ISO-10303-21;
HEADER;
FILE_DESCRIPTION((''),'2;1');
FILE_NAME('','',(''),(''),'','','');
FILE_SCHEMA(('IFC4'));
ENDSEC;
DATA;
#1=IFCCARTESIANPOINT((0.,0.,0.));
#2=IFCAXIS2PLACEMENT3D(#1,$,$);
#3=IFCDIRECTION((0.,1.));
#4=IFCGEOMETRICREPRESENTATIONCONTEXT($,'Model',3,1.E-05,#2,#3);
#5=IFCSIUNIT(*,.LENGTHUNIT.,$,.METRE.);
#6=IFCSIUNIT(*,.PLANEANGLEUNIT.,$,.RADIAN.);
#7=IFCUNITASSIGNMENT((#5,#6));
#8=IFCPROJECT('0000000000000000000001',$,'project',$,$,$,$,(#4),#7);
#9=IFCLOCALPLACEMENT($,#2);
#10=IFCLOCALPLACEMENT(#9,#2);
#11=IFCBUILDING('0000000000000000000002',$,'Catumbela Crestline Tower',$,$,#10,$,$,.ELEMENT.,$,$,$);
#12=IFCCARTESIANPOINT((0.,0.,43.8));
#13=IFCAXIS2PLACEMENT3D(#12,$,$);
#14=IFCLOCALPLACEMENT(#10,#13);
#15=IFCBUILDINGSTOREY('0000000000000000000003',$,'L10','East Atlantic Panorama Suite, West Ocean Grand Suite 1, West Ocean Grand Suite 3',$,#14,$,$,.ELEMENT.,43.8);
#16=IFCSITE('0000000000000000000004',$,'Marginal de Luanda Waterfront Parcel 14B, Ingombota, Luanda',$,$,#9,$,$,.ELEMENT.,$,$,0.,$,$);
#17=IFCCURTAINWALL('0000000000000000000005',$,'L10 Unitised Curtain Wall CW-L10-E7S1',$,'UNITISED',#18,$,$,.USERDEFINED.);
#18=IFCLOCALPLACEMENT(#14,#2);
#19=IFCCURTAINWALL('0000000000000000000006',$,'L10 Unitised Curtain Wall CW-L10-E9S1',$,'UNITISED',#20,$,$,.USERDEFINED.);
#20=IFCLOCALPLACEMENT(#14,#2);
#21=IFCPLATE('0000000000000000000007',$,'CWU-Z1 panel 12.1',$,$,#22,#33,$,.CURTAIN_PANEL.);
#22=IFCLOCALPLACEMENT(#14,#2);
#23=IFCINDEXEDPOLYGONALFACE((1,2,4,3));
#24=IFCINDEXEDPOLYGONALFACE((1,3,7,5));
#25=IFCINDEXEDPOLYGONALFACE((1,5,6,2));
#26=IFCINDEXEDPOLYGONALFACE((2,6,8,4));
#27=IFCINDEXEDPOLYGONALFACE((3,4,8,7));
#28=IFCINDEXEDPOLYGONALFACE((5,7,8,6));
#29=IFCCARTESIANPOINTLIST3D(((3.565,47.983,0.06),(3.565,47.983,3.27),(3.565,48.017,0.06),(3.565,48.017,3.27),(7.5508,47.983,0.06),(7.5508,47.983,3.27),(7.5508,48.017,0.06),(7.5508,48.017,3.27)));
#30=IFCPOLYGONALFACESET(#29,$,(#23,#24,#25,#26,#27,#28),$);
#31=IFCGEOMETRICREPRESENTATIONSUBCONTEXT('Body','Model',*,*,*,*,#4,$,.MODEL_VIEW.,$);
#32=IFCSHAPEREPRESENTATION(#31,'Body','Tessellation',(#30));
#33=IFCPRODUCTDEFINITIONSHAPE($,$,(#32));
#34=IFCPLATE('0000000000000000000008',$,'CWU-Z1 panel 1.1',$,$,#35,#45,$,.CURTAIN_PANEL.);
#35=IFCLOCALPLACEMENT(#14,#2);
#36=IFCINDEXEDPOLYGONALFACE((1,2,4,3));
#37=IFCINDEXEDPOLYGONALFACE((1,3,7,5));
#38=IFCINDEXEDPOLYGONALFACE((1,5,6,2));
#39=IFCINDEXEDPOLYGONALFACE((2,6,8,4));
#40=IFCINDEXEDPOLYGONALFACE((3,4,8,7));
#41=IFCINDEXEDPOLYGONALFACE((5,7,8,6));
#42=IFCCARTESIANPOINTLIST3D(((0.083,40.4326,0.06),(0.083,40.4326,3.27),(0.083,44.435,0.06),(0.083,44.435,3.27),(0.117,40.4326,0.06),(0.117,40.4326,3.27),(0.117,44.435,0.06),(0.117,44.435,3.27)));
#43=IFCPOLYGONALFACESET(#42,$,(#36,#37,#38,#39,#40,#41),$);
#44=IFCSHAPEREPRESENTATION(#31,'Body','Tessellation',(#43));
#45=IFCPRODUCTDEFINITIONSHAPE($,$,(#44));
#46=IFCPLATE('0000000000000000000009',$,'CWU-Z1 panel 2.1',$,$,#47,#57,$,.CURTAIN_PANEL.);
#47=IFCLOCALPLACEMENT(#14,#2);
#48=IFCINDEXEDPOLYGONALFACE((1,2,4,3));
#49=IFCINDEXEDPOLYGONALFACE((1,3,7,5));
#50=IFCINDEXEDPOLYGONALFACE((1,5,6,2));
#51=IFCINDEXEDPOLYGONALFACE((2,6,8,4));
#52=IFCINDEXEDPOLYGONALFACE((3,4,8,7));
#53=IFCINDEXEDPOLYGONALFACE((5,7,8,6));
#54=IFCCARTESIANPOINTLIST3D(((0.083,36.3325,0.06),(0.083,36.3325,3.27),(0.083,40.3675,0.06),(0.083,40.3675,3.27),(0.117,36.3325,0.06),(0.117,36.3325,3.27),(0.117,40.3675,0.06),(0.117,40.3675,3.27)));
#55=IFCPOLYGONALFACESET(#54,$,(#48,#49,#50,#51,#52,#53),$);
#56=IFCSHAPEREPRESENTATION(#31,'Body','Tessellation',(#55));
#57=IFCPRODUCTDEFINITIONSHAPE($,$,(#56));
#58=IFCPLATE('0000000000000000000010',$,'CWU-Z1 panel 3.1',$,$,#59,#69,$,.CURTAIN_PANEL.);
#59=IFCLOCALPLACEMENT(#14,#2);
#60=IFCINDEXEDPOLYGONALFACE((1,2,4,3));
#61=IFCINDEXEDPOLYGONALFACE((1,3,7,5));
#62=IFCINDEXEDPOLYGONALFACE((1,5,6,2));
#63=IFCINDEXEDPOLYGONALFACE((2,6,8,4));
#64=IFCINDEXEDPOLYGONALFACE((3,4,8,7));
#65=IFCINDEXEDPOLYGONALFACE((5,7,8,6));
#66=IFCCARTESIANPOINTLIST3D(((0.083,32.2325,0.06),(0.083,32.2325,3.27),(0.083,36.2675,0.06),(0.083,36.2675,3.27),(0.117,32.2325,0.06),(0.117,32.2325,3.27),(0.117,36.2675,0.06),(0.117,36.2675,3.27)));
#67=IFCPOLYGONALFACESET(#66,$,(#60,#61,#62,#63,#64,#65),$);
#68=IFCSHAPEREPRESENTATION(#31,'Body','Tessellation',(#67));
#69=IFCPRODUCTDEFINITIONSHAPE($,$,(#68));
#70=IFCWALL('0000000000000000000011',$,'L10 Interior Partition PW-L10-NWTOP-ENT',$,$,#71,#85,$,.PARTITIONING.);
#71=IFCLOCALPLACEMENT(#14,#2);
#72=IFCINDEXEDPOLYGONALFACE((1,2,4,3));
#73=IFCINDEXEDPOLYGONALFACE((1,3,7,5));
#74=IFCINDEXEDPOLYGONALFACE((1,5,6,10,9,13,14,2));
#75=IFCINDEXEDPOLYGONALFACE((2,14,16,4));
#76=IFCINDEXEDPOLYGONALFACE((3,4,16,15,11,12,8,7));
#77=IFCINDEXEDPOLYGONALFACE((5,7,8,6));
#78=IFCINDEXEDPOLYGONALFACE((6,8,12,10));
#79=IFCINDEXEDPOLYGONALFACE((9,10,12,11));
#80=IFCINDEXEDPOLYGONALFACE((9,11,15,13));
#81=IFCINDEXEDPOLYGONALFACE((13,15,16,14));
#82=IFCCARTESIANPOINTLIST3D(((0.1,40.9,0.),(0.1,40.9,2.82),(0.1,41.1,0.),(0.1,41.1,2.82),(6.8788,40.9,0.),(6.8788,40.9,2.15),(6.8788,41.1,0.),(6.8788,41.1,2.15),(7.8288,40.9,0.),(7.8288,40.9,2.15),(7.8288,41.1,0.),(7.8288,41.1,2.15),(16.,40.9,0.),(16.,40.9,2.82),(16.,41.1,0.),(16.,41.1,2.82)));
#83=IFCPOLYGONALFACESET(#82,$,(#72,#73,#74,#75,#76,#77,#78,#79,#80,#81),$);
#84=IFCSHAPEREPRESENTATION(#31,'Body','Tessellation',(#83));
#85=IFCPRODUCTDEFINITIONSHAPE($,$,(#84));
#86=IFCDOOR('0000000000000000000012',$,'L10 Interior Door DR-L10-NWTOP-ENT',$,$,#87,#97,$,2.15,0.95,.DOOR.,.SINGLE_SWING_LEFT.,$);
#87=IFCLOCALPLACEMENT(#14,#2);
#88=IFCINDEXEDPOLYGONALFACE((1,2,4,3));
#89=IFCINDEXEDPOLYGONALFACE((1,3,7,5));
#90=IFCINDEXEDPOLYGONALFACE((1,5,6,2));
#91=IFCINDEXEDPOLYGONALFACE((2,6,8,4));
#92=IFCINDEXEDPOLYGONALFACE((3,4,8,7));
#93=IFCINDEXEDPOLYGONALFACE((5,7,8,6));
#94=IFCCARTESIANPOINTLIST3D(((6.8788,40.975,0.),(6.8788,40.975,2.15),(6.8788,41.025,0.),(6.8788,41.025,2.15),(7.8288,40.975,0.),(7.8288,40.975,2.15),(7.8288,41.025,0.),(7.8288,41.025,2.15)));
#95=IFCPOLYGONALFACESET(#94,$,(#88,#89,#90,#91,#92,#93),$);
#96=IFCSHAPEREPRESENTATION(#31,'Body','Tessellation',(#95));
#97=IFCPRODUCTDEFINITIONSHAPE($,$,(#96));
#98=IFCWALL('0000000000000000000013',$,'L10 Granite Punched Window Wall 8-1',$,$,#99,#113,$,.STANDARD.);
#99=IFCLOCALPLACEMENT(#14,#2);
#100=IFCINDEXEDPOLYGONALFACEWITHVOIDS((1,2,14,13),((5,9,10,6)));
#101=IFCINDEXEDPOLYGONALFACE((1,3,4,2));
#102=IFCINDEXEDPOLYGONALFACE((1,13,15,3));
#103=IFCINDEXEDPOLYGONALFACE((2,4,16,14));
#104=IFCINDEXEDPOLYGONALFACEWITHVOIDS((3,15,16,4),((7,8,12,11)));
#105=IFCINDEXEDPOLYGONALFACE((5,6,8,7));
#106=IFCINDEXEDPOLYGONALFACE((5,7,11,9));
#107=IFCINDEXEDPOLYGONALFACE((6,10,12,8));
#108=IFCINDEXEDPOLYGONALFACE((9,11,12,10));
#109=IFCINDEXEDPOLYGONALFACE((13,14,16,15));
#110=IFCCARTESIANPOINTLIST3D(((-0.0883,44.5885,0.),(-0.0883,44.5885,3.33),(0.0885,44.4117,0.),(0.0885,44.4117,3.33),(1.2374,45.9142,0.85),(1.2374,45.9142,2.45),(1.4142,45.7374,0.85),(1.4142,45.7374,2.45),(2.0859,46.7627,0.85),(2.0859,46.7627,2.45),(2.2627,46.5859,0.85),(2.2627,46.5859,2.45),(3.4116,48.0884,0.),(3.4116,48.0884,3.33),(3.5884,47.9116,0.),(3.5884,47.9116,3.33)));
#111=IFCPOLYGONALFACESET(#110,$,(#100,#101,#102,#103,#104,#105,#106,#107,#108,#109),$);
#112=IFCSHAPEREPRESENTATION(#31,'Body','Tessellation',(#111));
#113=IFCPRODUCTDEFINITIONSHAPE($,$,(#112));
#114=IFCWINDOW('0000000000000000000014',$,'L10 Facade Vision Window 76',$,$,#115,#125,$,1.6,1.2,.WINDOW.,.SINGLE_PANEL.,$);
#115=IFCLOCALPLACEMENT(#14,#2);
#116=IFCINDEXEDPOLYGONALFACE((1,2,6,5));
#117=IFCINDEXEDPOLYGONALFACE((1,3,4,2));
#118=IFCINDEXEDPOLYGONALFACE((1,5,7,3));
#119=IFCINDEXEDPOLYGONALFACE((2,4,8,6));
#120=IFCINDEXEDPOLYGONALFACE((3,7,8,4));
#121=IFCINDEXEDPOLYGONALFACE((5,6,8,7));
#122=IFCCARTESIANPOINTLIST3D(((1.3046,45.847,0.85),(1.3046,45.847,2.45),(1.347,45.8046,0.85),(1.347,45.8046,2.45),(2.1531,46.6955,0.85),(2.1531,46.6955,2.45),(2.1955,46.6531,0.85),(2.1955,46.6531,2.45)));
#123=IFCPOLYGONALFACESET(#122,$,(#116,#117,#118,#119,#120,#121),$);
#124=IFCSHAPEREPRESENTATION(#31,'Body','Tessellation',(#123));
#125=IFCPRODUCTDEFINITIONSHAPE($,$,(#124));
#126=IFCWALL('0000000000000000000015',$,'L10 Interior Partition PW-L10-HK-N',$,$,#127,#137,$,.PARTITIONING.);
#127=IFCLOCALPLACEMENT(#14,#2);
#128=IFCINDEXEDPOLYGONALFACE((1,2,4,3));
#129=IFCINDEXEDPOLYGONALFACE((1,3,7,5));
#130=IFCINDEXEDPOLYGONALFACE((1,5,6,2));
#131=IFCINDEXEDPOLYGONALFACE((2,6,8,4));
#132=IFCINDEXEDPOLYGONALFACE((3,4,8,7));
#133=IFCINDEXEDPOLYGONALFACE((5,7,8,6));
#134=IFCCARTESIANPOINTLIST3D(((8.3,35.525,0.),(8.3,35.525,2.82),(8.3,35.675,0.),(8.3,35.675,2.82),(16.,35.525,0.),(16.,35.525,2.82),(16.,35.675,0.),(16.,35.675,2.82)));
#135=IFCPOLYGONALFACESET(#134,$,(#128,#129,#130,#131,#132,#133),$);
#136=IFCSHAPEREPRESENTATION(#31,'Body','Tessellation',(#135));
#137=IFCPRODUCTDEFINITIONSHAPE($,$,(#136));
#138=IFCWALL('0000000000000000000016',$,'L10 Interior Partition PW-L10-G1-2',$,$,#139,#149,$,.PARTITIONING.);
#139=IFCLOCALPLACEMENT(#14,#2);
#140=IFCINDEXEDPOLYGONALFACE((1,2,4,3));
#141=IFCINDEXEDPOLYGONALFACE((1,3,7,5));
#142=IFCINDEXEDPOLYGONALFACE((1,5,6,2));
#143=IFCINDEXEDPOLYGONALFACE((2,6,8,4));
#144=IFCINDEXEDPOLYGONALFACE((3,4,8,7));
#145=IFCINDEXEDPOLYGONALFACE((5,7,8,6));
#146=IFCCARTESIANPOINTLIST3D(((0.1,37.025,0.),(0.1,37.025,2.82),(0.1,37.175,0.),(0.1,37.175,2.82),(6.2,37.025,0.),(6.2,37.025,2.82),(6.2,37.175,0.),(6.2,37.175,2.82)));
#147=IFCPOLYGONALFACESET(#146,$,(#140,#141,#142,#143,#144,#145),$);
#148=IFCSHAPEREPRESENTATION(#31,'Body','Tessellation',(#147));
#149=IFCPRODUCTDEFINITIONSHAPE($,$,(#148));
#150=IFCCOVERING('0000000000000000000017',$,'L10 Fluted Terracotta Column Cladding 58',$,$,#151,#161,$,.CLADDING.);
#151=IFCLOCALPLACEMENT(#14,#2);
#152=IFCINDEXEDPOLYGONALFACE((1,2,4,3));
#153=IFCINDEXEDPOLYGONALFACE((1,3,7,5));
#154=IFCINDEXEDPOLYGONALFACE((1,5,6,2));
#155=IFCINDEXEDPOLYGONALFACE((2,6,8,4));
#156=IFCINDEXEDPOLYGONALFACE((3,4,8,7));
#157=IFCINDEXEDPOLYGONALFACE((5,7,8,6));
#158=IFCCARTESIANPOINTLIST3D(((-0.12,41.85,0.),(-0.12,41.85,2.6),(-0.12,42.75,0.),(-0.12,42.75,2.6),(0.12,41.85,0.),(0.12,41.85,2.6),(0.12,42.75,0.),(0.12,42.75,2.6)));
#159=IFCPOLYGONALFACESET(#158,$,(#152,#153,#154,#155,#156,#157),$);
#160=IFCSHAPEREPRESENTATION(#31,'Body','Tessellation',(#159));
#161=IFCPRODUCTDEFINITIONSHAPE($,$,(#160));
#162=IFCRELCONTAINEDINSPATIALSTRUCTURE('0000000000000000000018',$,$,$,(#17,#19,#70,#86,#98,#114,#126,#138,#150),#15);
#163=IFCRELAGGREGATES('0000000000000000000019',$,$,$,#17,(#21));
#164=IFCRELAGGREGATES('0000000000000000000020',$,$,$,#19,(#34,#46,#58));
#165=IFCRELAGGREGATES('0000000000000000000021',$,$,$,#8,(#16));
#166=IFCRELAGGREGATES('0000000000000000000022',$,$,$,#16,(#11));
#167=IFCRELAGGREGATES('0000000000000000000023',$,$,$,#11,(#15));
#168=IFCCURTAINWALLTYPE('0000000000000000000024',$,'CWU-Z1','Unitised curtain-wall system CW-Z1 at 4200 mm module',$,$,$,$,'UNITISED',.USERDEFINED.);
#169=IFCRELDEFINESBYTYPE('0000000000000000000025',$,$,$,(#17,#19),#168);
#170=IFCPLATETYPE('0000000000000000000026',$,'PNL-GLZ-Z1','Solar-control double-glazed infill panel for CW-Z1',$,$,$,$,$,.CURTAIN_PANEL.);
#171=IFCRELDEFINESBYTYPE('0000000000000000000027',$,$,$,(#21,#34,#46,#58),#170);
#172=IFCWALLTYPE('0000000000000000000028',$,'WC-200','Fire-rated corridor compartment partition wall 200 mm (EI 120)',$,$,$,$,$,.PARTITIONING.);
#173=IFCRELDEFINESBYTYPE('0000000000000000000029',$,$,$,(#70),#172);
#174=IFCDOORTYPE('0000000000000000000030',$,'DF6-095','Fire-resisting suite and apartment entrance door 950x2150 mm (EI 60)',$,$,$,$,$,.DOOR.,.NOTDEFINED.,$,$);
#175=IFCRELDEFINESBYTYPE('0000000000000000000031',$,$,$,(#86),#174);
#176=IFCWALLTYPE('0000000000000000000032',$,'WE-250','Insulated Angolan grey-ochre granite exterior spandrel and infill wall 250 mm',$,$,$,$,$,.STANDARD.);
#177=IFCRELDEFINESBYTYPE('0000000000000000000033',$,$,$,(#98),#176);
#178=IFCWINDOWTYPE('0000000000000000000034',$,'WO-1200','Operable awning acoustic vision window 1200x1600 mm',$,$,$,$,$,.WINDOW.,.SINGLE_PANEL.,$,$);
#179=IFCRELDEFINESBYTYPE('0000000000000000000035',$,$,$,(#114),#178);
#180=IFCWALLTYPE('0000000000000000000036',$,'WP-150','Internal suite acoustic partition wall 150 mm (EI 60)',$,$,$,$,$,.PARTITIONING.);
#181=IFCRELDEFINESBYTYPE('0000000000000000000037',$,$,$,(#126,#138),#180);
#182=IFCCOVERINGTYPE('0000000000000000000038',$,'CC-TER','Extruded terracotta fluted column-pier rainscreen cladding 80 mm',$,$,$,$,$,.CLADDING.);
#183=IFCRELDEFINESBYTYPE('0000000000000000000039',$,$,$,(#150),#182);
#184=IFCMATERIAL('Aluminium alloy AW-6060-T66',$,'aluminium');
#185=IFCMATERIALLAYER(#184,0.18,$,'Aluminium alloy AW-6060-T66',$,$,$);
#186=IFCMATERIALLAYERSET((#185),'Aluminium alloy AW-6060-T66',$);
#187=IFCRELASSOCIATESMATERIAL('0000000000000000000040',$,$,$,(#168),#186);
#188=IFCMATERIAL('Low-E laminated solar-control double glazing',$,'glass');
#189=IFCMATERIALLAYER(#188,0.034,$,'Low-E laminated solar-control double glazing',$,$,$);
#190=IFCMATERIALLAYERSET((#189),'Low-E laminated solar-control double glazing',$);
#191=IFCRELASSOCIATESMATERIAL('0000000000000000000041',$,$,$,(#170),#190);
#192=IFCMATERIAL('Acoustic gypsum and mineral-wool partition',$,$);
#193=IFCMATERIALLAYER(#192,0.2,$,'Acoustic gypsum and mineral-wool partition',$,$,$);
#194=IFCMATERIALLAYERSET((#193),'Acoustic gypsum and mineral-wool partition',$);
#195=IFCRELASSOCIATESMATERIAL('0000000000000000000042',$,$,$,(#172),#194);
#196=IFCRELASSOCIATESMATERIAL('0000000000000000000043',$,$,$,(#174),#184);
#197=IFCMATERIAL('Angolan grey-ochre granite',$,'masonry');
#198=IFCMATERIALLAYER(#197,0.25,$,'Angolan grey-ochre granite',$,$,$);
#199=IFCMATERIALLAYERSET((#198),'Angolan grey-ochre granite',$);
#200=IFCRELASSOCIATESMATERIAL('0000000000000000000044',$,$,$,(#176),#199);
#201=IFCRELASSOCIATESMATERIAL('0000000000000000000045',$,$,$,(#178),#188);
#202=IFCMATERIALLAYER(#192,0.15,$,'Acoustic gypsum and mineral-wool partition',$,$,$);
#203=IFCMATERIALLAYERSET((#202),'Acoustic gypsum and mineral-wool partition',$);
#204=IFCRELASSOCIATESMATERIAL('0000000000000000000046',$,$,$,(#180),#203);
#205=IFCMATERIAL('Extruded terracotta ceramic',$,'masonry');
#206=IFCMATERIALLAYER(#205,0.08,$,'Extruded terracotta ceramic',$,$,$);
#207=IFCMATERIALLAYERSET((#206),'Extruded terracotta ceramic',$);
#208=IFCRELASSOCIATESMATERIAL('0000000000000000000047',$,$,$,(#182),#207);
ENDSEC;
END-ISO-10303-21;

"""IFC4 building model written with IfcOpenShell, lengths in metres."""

from ifc_helpers import new_model, si_unit, direction, frame, frame_2d, origin, origin_2d, place, context, subcontext, project, spatial, rectangle, extrude, material, layer, layer_set, type_object, element, fill, aggregate, save


model = new_model("IFC4")

# Units and contexts
model_context = context("Model", 3, precision=1e-05, world=origin(), true_north=direction((0.0, 1.0)))
body_context = subcontext(model_context, "Body", "Model", "MODEL_VIEW")
ifc_project = project(units=[si_unit("LENGTHUNIT", "METRE"), si_unit("PLANEANGLEUNIT", "RADIAN")], contexts=[model_context])

# Site, building, storey
site_placement = place(None, origin())
site = spatial("IfcSite", under=ifc_project, at=site_placement, Name="Marginal de Luanda Waterfront Parcel 14B, Ingombota, Luanda", CompositionType="ELEMENT", RefElevation=0.0)
building_placement = place(site_placement, origin())
building = spatial("IfcBuilding", under=site, at=building_placement, Name="Catumbela Crestline Tower", CompositionType="ELEMENT")
storey_placement = place(building_placement, frame((0.0, 0.0, 43.8)))
storey = spatial("IfcBuildingStorey", under=building, at=storey_placement, Name="L10", Description="East Atlantic Panorama Suite, West Ocean Grand Suite 1, West Ocean Grand Suite 3", CompositionType="ELEMENT", Elevation=43.8)

# Curtain walls
ifc_material_1 = material(Name="Aluminium alloy AW-6060-T66", Category="aluminium")
ifc_layer_1 = layer(ifc_material_1, 0.18, Name="Aluminium alloy AW-6060-T66")
ifc_layer_set_1 = layer_set([ifc_layer_1], Name="Aluminium alloy AW-6060-T66")
curtain_wall_type = type_object("IfcCurtainWallType", Name="CWU-Z1", Description="Unitised curtain-wall system CW-Z1 at 4200 mm module", ElementType="UNITISED", PredefinedType="USERDEFINED", material=ifc_layer_set_1)
curtain_wall_1_placement = place(storey_placement, origin())
curtain_wall_1 = element("IfcCurtainWall", 1, at=curtain_wall_1_placement, inside=storey, type_object=curtain_wall_type, Name="L10 Unitised Curtain Wall CW-L10-E7S1", ObjectType="UNITISED", PredefinedType="USERDEFINED")
curtain_wall_2_placement = place(storey_placement, origin())
curtain_wall_2 = element("IfcCurtainWall", 2, at=curtain_wall_2_placement, inside=storey, type_object=curtain_wall_type, Name="L10 Unitised Curtain Wall CW-L10-E9S1", ObjectType="UNITISED", PredefinedType="USERDEFINED")

# Plates
ifc_material_2 = material(Name="Low-E laminated solar-control double glazing", Category="glass")
ifc_layer_2 = layer(ifc_material_2, 0.034, Name="Low-E laminated solar-control double glazing")
ifc_layer_set_2 = layer_set([ifc_layer_2], Name="Low-E laminated solar-control double glazing")
plate_type = type_object("IfcPlateType", Name="PNL-GLZ-Z1", Description="Solar-control double-glazed infill panel for CW-Z1", PredefinedType="CURTAIN_PANEL", material=ifc_layer_set_2)
plate_1_placement = place(storey_placement, frame((5.5579, 48.0, 0.06), z_axis=(0.0, 0.0, 1.0), x_axis=(-1.0, 0.0, 0.0)))
plate_1 = element("IfcPlate", 3, at=plate_1_placement, type_object=plate_type, Name="CWU-Z1 panel 12.1", PredefinedType="CURTAIN_PANEL", context=body_context, shape_type="SweptSolid", body=[
    extrude(rectangle(XDim=3.9858, YDim=0.034, at=origin_2d()), origin(), (0.0, 0.0, 1.0), 3.21),
])
aggregate(curtain_wall_1, [plate_1])
plate_2_placement = place(storey_placement, frame((0.1, 42.4338, 0.06), z_axis=(0.0, 0.0, 1.0), x_axis=(0.0, -1.0, 0.0)))
plate_2 = element("IfcPlate", 4, at=plate_2_placement, type_object=plate_type, Name="CWU-Z1 panel 1.1", PredefinedType="CURTAIN_PANEL", context=body_context, shape_type="SweptSolid", body=[
    extrude(rectangle(XDim=4.0025, YDim=0.034, at=origin_2d()), origin(), (0.0, 0.0, 1.0), 3.21),
])
plate_3_placement = place(storey_placement, frame((0.1, 38.35, 0.06), z_axis=(0.0, 0.0, 1.0), x_axis=(0.0, -1.0, 0.0)))
plate_3 = element("IfcPlate", 5, at=plate_3_placement, type_object=plate_type, Name="CWU-Z1 panel 2.1", PredefinedType="CURTAIN_PANEL", context=body_context, shape_type="SweptSolid", body=[
    extrude(rectangle(XDim=4.035, YDim=0.034, at=origin_2d()), origin(), (0.0, 0.0, 1.0), 3.21),
])
plate_4_placement = place(storey_placement, frame((0.1, 34.25, 0.06), z_axis=(0.0, 0.0, 1.0), x_axis=(0.0, -1.0, 0.0)))
plate_4 = element("IfcPlate", 6, at=plate_4_placement, type_object=plate_type, Name="CWU-Z1 panel 3.1", PredefinedType="CURTAIN_PANEL", context=body_context, shape_type="SweptSolid", body=[
    extrude(rectangle(XDim=4.035, YDim=0.034, at=origin_2d()), origin(), (0.0, 0.0, 1.0), 3.21),
])
aggregate(curtain_wall_2, [plate_2, plate_3, plate_4])

# Wall, opening, door
ifc_material_3 = material(Name="Acoustic gypsum and mineral-wool partition")
ifc_layer_3 = layer(ifc_material_3, 0.2, Name="Acoustic gypsum and mineral-wool partition")
ifc_layer_set_3 = layer_set([ifc_layer_3], Name="Acoustic gypsum and mineral-wool partition")
wall_type_1 = type_object("IfcWallType", Name="WC-200", Description="Fire-rated corridor compartment partition wall 200 mm (EI 120)", PredefinedType="PARTITIONING", material=ifc_layer_set_3)
wall_1_placement = place(storey_placement, frame((0.1, 41.0, 0.0), z_axis=(0.0, 0.0, 1.0), x_axis=(1.0, 0.0, 0.0)))
wall_1 = element("IfcWall", 7, at=wall_1_placement, inside=storey, type_object=wall_type_1, Name="L10 Interior Partition PW-L10-NWTOP-ENT", PredefinedType="PARTITIONING", context=body_context, shape_type="SweptSolid", body=[
    extrude(rectangle(XDim=15.9, YDim=0.2, at=frame_2d((7.95, 0.0))), origin(), (0.0, 0.0, 1.0), 2.82),
])
opening_1_placement = place(wall_1_placement, frame((6.7788, 0.0, 0.0)))
opening_1 = element("IfcOpeningElement", 8, at=opening_1_placement, cuts=wall_1, PredefinedType="OPENING", context=body_context, shape_type="SweptSolid", body=[
    extrude(rectangle(XDim=0.95, YDim=2.15, at=frame_2d((0.475, 1.075))), frame((0.0, 0.11, 0.0), z_axis=(0.0, -1.0, 0.0), x_axis=(1.0, 0.0, 0.0)), (0.0, 0.0, 1.0), 0.22),
])
door_type = type_object("IfcDoorType", Name="DF6-095", Description="Fire-resisting suite and apartment entrance door 950x2150 mm (EI 60)", OperationType="NOTDEFINED", PredefinedType="DOOR", material=ifc_material_1)
door_placement = place(opening_1_placement, origin())
door = element("IfcDoor", 9, at=door_placement, inside=storey, type_object=door_type, Name="L10 Interior Door DR-L10-NWTOP-ENT", OperationType="SINGLE_SWING_LEFT", OverallHeight=2.15, OverallWidth=0.95, PredefinedType="DOOR", context=body_context, shape_type="SweptSolid", body=[
    extrude(rectangle(XDim=0.95, YDim=2.15, at=frame_2d((0.475, 1.075))), frame((0.0, 0.025, 0.0), z_axis=(0.0, -1.0, 0.0), x_axis=(1.0, 0.0, 0.0)), (0.0, 0.0, 1.0), 0.05),
])
fill(opening_1, door)

# Wall, opening, window
ifc_material_4 = material(Name="Angolan grey-ochre granite", Category="masonry")
ifc_layer_4 = layer(ifc_material_4, 0.25, Name="Angolan grey-ochre granite")
ifc_layer_set_4 = layer_set([ifc_layer_4], Name="Angolan grey-ochre granite")
wall_type_2 = type_object("IfcWallType", Name="WE-250", Description="Insulated Angolan grey-ochre granite exterior spandrel and infill wall 250 mm", PredefinedType="STANDARD", material=ifc_layer_set_4)
wall_2_placement = place(storey_placement, frame((3.5, 48.0, 0.0), z_axis=(0.0, 0.0, 1.0), x_axis=(-0.707107, -0.707107, 0.0)))
wall_2 = element("IfcWall", 10, at=wall_2_placement, inside=storey, type_object=wall_type_2, Name="L10 Granite Punched Window Wall 8-1", PredefinedType="STANDARD", context=body_context, shape_type="SweptSolid", body=[
    extrude(rectangle(XDim=4.9497, YDim=0.25, at=frame_2d((2.4748, 0.0))), origin(), (0.0, 0.0, 1.0), 3.33),
])
opening_2_placement = place(wall_2_placement, frame((1.8748, 0.0, 0.85)))
opening_2 = element("IfcOpeningElement", 11, at=opening_2_placement, cuts=wall_2, PredefinedType="OPENING", context=body_context, shape_type="SweptSolid", body=[
    extrude(rectangle(XDim=1.2, YDim=1.6, at=frame_2d((0.6, 0.8))), frame((0.0, 0.135, 0.0), z_axis=(0.0, -1.0, 0.0), x_axis=(1.0, 0.0, 0.0)), (0.0, 0.0, 1.0), 0.27),
])
window_type = type_object("IfcWindowType", Name="WO-1200", Description="Operable awning acoustic vision window 1200x1600 mm", PartitioningType="SINGLE_PANEL", PredefinedType="WINDOW", material=ifc_material_2)
window_placement = place(opening_2_placement, origin())
window = element("IfcWindow", 12, at=window_placement, inside=storey, type_object=window_type, Name="L10 Facade Vision Window 76", OverallHeight=1.6, OverallWidth=1.2, PartitioningType="SINGLE_PANEL", PredefinedType="WINDOW", context=body_context, shape_type="SweptSolid", body=[
    extrude(rectangle(XDim=1.2, YDim=1.6, at=frame_2d((0.6, 0.8))), frame((0.0, 0.03, 0.0), z_axis=(0.0, -1.0, 0.0), x_axis=(1.0, 0.0, 0.0)), (0.0, 0.0, 1.0), 0.06),
])
fill(opening_2, window)

# Walls
ifc_layer_5 = layer(ifc_material_3, 0.15, Name="Acoustic gypsum and mineral-wool partition")
ifc_layer_set_5 = layer_set([ifc_layer_5], Name="Acoustic gypsum and mineral-wool partition")
wall_type_3 = type_object("IfcWallType", Name="WP-150", Description="Internal suite acoustic partition wall 150 mm (EI 60)", PredefinedType="PARTITIONING", material=ifc_layer_set_5)
wall_3_placement = place(storey_placement, frame((8.3, 35.6, 0.0), z_axis=(0.0, 0.0, 1.0), x_axis=(1.0, 0.0, 0.0)))
element("IfcWall", 13, at=wall_3_placement, inside=storey, type_object=wall_type_3, Name="L10 Interior Partition PW-L10-HK-N", PredefinedType="PARTITIONING", context=body_context, shape_type="SweptSolid", body=[
    extrude(rectangle(XDim=7.7, YDim=0.15, at=frame_2d((3.85, 0.0))), origin(), (0.0, 0.0, 1.0), 2.82),
])
wall_4_placement = place(storey_placement, frame((0.1, 37.1, 0.0), z_axis=(0.0, 0.0, 1.0), x_axis=(1.0, 0.0, 0.0)))
element("IfcWall", 14, at=wall_4_placement, inside=storey, type_object=wall_type_3, Name="L10 Interior Partition PW-L10-G1-2", PredefinedType="PARTITIONING", context=body_context, shape_type="SweptSolid", body=[
    extrude(rectangle(XDim=6.1, YDim=0.15, at=frame_2d((3.05, 0.0))), origin(), (0.0, 0.0, 1.0), 2.82),
])

# Covering
ifc_material_5 = material(Name="Extruded terracotta ceramic", Category="masonry")
ifc_layer_6 = layer(ifc_material_5, 0.08, Name="Extruded terracotta ceramic")
ifc_layer_set_6 = layer_set([ifc_layer_6], Name="Extruded terracotta ceramic")
covering_type = type_object("IfcCoveringType", Name="CC-TER", Description="Extruded terracotta fluted column-pier rainscreen cladding 80 mm", PredefinedType="CLADDING", material=ifc_layer_set_6)
covering_placement = place(storey_placement, frame((0.0, 42.3, 0.0), z_axis=(0.0, 0.0, 1.0), x_axis=(0.0, -1.0, 0.0)))
element("IfcCovering", 15, at=covering_placement, inside=storey, type_object=covering_type, Name="L10 Fluted Terracotta Column Cladding 58", PredefinedType="CLADDING", context=body_context, shape_type="SweptSolid", body=[
    extrude(rectangle(XDim=0.9, YDim=0.24, at=origin_2d()), origin(), (0.0, 0.0, 1.0), 2.6),
])

save(model, "model.ifc")
